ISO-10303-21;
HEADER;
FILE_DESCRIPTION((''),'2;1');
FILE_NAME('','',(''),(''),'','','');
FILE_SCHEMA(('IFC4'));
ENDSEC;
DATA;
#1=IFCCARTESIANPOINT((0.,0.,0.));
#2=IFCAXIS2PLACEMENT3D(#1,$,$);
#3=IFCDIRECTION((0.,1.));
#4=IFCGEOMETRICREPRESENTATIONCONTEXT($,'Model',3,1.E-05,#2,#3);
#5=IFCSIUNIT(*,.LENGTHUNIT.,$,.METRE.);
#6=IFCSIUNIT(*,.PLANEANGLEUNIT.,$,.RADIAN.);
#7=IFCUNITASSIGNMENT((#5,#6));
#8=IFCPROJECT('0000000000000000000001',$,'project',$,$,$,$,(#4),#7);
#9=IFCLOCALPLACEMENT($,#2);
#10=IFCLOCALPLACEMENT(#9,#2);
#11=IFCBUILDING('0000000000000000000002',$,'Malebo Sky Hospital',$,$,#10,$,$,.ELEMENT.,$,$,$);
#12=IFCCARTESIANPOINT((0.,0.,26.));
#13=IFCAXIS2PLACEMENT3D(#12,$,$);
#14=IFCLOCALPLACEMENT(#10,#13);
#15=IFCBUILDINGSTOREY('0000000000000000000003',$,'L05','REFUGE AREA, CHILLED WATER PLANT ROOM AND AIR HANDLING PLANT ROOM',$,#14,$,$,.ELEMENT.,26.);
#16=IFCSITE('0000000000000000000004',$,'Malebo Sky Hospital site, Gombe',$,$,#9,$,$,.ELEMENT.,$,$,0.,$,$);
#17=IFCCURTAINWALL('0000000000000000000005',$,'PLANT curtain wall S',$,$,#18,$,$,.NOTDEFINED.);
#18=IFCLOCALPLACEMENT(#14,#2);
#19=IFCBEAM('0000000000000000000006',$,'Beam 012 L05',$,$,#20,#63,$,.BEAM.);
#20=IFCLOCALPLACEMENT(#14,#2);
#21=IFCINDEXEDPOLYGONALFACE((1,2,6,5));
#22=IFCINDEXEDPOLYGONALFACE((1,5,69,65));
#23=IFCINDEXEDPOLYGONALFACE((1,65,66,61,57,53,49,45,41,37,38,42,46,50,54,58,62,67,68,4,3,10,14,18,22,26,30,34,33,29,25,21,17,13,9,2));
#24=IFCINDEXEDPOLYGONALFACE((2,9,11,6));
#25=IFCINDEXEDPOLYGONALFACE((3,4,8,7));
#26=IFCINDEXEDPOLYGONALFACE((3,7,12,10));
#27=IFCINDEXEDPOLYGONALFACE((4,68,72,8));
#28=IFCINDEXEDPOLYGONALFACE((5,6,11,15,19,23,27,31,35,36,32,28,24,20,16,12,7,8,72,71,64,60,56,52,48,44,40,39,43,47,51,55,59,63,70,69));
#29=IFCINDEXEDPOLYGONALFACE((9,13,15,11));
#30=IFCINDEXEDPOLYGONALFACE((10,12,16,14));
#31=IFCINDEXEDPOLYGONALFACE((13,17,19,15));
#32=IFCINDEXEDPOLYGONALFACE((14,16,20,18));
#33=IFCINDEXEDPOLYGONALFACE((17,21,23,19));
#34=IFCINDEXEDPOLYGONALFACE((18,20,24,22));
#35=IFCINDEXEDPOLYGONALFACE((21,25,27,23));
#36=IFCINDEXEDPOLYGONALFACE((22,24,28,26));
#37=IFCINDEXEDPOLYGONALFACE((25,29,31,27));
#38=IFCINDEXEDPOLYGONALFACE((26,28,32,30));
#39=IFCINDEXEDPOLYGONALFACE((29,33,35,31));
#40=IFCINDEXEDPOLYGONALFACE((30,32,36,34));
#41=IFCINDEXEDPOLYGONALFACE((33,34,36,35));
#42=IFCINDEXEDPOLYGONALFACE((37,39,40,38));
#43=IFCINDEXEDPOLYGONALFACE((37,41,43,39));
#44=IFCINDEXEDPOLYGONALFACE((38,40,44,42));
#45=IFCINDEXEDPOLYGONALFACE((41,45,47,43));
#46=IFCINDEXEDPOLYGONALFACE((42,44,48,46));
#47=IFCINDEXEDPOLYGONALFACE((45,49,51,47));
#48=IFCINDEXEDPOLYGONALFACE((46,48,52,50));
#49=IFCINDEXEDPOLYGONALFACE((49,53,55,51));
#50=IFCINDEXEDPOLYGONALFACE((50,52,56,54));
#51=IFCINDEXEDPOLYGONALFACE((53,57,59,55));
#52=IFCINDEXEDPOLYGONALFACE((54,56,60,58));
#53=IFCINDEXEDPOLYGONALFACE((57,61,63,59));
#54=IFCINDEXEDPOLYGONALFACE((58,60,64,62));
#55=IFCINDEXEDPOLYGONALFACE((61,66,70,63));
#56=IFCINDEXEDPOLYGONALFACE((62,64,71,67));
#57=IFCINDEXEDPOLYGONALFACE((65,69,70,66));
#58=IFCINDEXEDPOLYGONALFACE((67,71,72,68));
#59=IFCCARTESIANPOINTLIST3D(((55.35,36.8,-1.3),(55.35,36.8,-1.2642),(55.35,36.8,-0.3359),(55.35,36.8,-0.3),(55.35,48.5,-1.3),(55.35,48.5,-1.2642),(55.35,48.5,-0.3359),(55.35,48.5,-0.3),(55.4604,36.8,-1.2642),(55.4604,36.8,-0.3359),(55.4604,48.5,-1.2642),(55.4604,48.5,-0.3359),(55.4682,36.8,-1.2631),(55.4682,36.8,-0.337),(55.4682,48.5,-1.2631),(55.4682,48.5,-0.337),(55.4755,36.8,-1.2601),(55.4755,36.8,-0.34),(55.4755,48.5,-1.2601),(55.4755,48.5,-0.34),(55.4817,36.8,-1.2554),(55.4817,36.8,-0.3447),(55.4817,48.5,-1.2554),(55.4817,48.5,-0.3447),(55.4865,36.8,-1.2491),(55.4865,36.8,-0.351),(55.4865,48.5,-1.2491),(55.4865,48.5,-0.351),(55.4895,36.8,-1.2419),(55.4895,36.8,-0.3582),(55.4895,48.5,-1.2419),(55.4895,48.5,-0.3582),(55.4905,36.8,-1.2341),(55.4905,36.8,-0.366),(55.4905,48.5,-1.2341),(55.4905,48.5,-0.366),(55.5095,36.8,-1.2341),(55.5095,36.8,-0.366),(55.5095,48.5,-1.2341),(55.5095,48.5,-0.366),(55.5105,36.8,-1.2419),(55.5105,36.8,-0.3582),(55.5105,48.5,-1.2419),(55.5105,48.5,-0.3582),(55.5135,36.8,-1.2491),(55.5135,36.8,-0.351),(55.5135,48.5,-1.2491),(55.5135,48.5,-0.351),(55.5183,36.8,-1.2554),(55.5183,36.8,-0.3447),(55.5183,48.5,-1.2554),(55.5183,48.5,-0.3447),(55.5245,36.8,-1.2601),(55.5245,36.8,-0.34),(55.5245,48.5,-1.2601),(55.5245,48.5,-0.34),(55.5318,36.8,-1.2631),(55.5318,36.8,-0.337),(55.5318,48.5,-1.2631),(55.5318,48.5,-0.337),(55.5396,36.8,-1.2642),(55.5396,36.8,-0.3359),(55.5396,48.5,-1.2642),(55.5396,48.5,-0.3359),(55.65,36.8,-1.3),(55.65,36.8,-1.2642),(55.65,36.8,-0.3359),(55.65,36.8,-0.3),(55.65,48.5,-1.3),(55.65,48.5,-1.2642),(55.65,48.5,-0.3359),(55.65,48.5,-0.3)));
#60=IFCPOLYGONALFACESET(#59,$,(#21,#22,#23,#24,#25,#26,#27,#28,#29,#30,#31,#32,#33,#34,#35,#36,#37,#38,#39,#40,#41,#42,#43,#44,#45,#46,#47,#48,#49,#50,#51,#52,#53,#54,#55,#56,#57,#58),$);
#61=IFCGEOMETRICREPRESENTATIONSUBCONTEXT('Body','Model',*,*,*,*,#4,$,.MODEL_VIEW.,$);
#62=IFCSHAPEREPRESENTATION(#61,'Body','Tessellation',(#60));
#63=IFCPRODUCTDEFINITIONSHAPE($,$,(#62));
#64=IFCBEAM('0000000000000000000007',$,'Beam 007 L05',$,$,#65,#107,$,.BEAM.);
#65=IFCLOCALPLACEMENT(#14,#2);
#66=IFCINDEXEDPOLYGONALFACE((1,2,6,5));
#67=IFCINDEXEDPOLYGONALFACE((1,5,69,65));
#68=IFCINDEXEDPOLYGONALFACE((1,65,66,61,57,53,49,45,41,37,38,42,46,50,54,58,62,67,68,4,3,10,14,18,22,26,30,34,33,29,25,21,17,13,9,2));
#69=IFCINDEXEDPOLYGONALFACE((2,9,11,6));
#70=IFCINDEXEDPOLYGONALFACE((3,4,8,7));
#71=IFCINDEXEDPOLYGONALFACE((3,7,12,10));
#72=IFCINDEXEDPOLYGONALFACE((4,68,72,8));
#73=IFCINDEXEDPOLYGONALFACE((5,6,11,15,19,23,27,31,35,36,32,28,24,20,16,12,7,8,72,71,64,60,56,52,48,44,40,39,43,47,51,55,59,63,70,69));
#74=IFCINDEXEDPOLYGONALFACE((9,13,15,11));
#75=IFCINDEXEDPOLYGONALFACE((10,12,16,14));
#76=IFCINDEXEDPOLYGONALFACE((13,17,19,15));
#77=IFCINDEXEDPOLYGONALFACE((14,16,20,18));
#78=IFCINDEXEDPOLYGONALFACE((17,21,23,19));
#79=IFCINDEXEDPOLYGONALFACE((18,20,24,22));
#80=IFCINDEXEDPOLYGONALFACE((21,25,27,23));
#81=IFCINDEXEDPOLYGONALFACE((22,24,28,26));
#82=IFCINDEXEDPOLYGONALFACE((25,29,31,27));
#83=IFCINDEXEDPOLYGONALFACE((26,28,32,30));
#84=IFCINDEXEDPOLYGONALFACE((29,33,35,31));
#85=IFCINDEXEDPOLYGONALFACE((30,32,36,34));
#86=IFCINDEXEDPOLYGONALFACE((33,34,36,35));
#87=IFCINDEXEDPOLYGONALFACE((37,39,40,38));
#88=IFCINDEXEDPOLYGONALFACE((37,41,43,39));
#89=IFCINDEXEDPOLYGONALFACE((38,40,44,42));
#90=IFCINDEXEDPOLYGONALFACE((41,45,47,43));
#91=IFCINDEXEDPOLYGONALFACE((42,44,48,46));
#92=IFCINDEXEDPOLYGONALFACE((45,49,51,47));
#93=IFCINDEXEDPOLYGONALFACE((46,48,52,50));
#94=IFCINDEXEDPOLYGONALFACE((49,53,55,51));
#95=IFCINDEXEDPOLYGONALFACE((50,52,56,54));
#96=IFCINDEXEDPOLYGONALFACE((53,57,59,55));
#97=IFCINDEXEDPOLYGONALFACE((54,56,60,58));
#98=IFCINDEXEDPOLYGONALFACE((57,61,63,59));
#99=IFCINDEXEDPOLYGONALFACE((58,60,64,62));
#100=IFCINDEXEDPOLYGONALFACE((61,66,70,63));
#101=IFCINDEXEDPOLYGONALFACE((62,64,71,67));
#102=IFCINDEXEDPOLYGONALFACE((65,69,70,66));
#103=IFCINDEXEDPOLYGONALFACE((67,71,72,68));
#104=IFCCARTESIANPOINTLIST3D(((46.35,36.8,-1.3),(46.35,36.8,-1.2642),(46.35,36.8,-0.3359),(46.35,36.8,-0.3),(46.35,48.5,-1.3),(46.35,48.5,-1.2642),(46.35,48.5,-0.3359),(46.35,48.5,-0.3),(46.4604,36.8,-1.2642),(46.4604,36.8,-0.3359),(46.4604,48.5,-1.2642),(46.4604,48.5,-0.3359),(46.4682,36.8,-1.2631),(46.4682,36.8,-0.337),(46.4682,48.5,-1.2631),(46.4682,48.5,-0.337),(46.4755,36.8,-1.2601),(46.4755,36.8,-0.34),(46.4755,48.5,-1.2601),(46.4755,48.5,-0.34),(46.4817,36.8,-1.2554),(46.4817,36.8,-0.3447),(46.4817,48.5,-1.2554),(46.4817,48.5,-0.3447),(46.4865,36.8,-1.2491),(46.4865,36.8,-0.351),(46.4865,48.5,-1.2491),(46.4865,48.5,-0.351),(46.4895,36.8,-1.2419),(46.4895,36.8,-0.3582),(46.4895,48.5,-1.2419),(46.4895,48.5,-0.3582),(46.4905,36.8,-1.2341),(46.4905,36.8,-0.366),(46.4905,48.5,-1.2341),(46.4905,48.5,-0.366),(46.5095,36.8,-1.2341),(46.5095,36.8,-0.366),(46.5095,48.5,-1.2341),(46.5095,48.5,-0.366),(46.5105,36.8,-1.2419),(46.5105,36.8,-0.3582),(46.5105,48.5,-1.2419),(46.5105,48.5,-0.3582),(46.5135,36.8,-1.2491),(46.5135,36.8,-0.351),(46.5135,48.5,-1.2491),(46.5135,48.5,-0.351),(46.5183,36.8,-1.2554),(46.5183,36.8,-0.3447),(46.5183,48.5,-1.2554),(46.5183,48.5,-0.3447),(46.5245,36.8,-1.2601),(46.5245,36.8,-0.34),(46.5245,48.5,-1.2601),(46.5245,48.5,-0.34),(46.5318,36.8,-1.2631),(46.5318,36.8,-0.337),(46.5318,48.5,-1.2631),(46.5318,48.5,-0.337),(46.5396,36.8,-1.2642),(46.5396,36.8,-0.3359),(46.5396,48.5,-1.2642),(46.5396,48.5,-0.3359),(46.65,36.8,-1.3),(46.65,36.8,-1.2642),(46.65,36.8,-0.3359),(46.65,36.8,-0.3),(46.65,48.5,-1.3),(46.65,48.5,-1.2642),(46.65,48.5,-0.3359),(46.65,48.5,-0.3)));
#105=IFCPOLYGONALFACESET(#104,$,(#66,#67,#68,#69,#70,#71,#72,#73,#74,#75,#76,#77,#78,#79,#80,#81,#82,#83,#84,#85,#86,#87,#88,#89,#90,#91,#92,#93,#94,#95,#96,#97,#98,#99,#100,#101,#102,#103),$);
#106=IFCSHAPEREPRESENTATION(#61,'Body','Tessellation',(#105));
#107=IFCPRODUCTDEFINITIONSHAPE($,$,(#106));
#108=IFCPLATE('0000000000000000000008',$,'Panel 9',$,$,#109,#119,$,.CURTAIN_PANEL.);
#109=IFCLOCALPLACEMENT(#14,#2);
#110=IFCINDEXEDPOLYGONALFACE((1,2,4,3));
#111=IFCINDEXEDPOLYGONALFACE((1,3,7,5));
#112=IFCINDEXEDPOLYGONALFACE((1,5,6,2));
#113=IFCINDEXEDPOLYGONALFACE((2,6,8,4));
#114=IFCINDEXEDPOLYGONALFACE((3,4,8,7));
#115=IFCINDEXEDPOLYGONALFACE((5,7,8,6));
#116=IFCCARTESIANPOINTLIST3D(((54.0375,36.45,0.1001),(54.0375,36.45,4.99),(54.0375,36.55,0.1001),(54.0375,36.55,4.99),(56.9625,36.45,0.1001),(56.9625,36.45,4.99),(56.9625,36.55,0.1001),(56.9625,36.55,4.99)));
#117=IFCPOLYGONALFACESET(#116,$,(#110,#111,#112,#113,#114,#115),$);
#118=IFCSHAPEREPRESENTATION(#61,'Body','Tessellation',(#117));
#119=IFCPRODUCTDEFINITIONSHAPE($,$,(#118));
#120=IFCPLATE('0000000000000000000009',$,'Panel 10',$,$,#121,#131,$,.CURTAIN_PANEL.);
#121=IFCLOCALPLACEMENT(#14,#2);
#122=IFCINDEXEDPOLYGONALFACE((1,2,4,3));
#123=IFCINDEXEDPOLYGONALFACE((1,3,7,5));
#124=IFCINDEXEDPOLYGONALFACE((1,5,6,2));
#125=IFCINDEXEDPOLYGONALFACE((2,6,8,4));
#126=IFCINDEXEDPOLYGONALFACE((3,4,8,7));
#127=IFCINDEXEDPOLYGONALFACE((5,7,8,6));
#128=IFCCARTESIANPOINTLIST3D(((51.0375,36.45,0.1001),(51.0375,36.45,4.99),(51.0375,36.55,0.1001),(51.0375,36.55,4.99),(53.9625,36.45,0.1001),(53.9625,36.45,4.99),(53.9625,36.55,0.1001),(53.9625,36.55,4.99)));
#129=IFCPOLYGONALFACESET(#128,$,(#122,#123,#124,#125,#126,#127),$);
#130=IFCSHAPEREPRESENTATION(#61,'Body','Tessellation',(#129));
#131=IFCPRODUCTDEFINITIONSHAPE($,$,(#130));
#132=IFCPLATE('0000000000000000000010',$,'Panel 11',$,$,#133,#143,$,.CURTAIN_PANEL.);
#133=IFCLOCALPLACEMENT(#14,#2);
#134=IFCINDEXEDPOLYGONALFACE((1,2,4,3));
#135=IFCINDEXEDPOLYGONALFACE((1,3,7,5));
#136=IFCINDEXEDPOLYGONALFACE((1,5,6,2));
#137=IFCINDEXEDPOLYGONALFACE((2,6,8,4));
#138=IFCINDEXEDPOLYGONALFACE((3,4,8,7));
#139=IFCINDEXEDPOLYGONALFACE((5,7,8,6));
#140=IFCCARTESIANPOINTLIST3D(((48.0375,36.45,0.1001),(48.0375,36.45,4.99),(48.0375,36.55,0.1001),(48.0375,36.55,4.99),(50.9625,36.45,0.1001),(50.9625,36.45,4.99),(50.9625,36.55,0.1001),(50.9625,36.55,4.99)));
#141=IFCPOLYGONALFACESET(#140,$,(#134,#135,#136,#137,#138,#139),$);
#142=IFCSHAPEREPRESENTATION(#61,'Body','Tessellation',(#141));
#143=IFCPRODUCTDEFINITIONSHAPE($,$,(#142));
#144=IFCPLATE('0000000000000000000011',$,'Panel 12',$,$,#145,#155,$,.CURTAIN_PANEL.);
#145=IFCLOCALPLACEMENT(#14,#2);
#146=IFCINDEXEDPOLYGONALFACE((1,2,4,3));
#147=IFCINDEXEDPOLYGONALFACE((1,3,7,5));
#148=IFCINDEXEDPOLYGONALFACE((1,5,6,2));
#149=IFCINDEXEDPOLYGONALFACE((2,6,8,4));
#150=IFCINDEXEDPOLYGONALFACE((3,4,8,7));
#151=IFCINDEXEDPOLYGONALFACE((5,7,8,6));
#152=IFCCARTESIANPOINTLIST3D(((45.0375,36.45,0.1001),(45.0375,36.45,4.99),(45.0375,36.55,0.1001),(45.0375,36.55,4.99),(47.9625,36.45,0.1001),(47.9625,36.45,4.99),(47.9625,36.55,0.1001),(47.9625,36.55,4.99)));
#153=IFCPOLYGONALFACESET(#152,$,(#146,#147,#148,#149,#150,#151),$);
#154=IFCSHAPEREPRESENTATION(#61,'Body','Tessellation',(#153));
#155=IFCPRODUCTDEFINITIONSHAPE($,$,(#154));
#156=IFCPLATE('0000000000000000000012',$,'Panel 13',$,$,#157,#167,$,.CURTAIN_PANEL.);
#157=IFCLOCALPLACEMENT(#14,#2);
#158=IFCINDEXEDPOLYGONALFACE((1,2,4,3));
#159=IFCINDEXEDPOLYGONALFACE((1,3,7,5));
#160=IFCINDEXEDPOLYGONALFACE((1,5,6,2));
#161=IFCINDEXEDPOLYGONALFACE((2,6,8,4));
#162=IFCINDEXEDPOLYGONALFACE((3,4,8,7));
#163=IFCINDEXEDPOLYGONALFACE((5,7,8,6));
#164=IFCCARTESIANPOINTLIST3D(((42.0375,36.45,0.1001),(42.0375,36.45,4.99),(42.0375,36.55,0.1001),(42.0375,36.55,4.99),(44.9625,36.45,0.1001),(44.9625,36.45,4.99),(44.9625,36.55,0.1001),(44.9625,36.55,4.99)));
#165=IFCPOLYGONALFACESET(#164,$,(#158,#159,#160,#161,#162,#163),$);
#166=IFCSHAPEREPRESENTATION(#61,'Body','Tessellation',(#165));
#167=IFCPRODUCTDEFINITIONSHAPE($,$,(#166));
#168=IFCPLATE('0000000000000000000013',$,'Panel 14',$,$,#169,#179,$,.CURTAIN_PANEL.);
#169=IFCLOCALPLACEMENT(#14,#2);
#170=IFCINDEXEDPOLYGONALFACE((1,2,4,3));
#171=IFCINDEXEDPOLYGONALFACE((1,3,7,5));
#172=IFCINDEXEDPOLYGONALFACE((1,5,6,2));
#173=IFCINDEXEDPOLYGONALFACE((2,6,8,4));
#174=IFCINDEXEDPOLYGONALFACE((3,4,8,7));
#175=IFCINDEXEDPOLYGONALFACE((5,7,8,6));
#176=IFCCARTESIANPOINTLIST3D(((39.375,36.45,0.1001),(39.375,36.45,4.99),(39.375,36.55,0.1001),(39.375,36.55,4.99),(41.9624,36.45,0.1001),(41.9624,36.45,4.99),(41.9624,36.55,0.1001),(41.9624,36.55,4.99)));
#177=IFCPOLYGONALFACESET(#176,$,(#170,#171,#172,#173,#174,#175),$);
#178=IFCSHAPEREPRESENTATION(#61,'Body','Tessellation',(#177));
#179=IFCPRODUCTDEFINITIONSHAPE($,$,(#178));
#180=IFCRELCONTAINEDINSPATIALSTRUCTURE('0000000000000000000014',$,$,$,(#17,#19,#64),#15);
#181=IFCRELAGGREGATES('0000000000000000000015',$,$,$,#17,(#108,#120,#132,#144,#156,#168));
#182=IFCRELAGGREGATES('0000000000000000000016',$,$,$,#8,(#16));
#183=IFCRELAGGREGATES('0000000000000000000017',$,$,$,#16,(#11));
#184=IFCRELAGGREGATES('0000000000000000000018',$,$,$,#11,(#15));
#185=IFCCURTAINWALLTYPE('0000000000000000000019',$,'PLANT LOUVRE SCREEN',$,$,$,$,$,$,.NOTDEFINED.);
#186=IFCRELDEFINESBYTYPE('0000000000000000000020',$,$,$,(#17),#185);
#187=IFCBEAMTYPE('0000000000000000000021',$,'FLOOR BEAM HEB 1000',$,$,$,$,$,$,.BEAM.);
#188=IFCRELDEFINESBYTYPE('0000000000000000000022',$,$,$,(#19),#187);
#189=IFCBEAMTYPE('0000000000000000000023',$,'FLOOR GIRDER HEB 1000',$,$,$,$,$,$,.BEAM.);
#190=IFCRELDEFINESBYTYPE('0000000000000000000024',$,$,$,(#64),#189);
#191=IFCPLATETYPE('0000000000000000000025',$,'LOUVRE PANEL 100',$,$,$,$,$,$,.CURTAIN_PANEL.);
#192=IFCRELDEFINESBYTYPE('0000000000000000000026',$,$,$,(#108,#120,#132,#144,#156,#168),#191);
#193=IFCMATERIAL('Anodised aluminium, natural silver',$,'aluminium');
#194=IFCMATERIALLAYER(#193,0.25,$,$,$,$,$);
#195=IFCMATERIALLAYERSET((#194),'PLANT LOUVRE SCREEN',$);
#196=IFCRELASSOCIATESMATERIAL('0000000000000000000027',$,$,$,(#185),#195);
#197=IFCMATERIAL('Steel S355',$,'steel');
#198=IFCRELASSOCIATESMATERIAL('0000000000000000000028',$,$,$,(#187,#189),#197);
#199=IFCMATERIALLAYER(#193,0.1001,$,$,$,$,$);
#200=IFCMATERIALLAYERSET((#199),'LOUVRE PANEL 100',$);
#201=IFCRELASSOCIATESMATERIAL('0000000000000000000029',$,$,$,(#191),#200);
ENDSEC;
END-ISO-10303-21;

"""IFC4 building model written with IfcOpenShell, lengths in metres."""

from ifc_helpers import new_model, si_unit, direction, frame, origin, origin_2d, place, context, subcontext, project, spatial, rectangle, i_section, extrude, material, layer, layer_set, material_profile, profile_set, type_object, element, aggregate, save


model = new_model("IFC4")

# Units and contexts
model_context = context("Model", 3, precision=1e-05, world=origin(), true_north=direction((0.0, 1.0)))
body_context = subcontext(model_context, "Body", "Model", "MODEL_VIEW")
ifc_project = project(units=[si_unit("LENGTHUNIT", "METRE"), si_unit("PLANEANGLEUNIT", "RADIAN")], contexts=[model_context])

# Site, building, storey
site_placement = place(None, origin())
site = spatial("IfcSite", under=ifc_project, at=site_placement, Name="Malebo Sky Hospital site, Gombe", CompositionType="ELEMENT", RefElevation=0.0)
building_placement = place(site_placement, origin())
building = spatial("IfcBuilding", under=site, at=building_placement, Name="Malebo Sky Hospital", CompositionType="ELEMENT")
storey_placement = place(building_placement, frame((0.0, 0.0, 26.0)))
storey = spatial("IfcBuildingStorey", under=building, at=storey_placement, Name="L05", Description="REFUGE AREA, CHILLED WATER PLANT ROOM AND AIR HANDLING PLANT ROOM", CompositionType="ELEMENT", Elevation=26.0)

# Curtain wall
ifc_material_1 = material(Name="Anodised aluminium, natural silver", Category="aluminium")
ifc_layer_1 = layer(ifc_material_1, 0.25)
ifc_layer_set_1 = layer_set([ifc_layer_1], Name="PLANT LOUVRE SCREEN")
curtain_wall_type = type_object("IfcCurtainWallType", Name="PLANT LOUVRE SCREEN", PredefinedType="NOTDEFINED", material=ifc_layer_set_1)
curtain_wall_placement = place(storey_placement, origin())
curtain_wall = element("IfcCurtainWall", 1, at=curtain_wall_placement, inside=storey, type_object=curtain_wall_type, Name="PLANT curtain wall S", PredefinedType="NOTDEFINED")

# Beams
ifc_material_2 = material(Name="Steel S355", Category="steel")
ifc_material_profile_1 = material_profile(ifc_material_2, i_section(OverallWidth=0.3, OverallDepth=1.0, WebThickness=0.019, FlangeThickness=0.0359, FilletRadius=0.03, at=origin_2d()), Name="HEB 1000")
ifc_profile_set_1 = profile_set([ifc_material_profile_1], Name="Steel S355")
beam_type_1 = type_object("IfcBeamType", Name="FLOOR BEAM HEB 1000", PredefinedType="BEAM", material=ifc_profile_set_1)
beam_1_placement = place(storey_placement, frame((55.5, 36.8, -0.8), z_axis=(0.0, 1.0, 0.0), x_axis=(-1.0, 0.0, 0.0)))
element("IfcBeam", 2, at=beam_1_placement, inside=storey, type_object=beam_type_1, Name="Beam 012 L05", PredefinedType="BEAM", context=body_context, shape_type="SweptSolid", body=[
    extrude(i_section(OverallWidth=0.3, OverallDepth=1.0, WebThickness=0.019, FlangeThickness=0.0359, FilletRadius=0.03, at=origin_2d()), origin(), (0.0, 0.0, 1.0), 11.7),
])
ifc_material_profile_2 = material_profile(ifc_material_2, i_section(OverallWidth=0.3, OverallDepth=1.0, WebThickness=0.019, FlangeThickness=0.0359, FilletRadius=0.03, at=origin_2d()), Name="HEB 1000")
ifc_profile_set_2 = profile_set([ifc_material_profile_2], Name="Steel S355")
beam_type_2 = type_object("IfcBeamType", Name="FLOOR GIRDER HEB 1000", PredefinedType="BEAM", material=ifc_profile_set_2)
beam_2_placement = place(storey_placement, frame((46.5, 36.8, -0.8), z_axis=(0.0, 1.0, 0.0), x_axis=(-1.0, 0.0, 0.0)))
element("IfcBeam", 3, at=beam_2_placement, inside=storey, type_object=beam_type_2, Name="Beam 007 L05", PredefinedType="BEAM", context=body_context, shape_type="SweptSolid", body=[
    extrude(i_section(OverallWidth=0.3, OverallDepth=1.0, WebThickness=0.019, FlangeThickness=0.0359, FilletRadius=0.03, at=origin_2d()), origin(), (0.0, 0.0, 1.0), 11.7),
])

# Plates
ifc_layer_2 = layer(ifc_material_1, 0.1001)
ifc_layer_set_2 = layer_set([ifc_layer_2], Name="LOUVRE PANEL 100")
plate_type = type_object("IfcPlateType", Name="LOUVRE PANEL 100", PredefinedType="CURTAIN_PANEL", material=ifc_layer_set_2)
plate_1_placement = place(storey_placement, frame((55.5, 36.5, 0.1001), z_axis=(0.0, 0.0, 1.0), x_axis=(-1.0, 0.0, 0.0)))
plate_1 = element("IfcPlate", 4, at=plate_1_placement, type_object=plate_type, Name="Panel 9", PredefinedType="CURTAIN_PANEL", context=body_context, shape_type="SweptSolid", body=[
    extrude(rectangle(XDim=2.925, YDim=0.1001, at=origin_2d()), origin(), (0.0, 0.0, 1.0), 4.8899),
])
plate_2_placement = place(storey_placement, frame((52.5, 36.5, 0.1001), z_axis=(0.0, 0.0, 1.0), x_axis=(-1.0, 0.0, 0.0)))
plate_2 = element("IfcPlate", 5, at=plate_2_placement, type_object=plate_type, Name="Panel 10", PredefinedType="CURTAIN_PANEL", context=body_context, shape_type="SweptSolid", body=[
    extrude(rectangle(XDim=2.925, YDim=0.1001, at=origin_2d()), origin(), (0.0, 0.0, 1.0), 4.8899),
])
plate_3_placement = place(storey_placement, frame((49.5, 36.5, 0.1001), z_axis=(0.0, 0.0, 1.0), x_axis=(-1.0, 0.0, 0.0)))
plate_3 = element("IfcPlate", 6, at=plate_3_placement, type_object=plate_type, Name="Panel 11", PredefinedType="CURTAIN_PANEL", context=body_context, shape_type="SweptSolid", body=[
    extrude(rectangle(XDim=2.925, YDim=0.1001, at=origin_2d()), origin(), (0.0, 0.0, 1.0), 4.8899),
])
plate_4_placement = place(storey_placement, frame((46.5, 36.5, 0.1001), z_axis=(0.0, 0.0, 1.0), x_axis=(-1.0, 0.0, 0.0)))
plate_4 = element("IfcPlate", 7, at=plate_4_placement, type_object=plate_type, Name="Panel 12", PredefinedType="CURTAIN_PANEL", context=body_context, shape_type="SweptSolid", body=[
    extrude(rectangle(XDim=2.925, YDim=0.1001, at=origin_2d()), origin(), (0.0, 0.0, 1.0), 4.8899),
])
plate_5_placement = place(storey_placement, frame((43.5, 36.5, 0.1001), z_axis=(0.0, 0.0, 1.0), x_axis=(-1.0, 0.0, 0.0)))
plate_5 = element("IfcPlate", 8, at=plate_5_placement, type_object=plate_type, Name="Panel 13", PredefinedType="CURTAIN_PANEL", context=body_context, shape_type="SweptSolid", body=[
    extrude(rectangle(XDim=2.925, YDim=0.1001, at=origin_2d()), origin(), (0.0, 0.0, 1.0), 4.8899),
])
plate_6_placement = place(storey_placement, frame((40.6687, 36.5, 0.1001), z_axis=(0.0, 0.0, 1.0), x_axis=(-1.0, 0.0, 0.0)))
plate_6 = element("IfcPlate", 9, at=plate_6_placement, type_object=plate_type, Name="Panel 14", PredefinedType="CURTAIN_PANEL", context=body_context, shape_type="SweptSolid", body=[
    extrude(rectangle(XDim=2.5874, YDim=0.1001, at=origin_2d()), origin(), (0.0, 0.0, 1.0), 4.8899),
])
aggregate(curtain_wall, [plate_1, plate_2, plate_3, plate_4, plate_5, plate_6])

save(model, "model.ifc")
